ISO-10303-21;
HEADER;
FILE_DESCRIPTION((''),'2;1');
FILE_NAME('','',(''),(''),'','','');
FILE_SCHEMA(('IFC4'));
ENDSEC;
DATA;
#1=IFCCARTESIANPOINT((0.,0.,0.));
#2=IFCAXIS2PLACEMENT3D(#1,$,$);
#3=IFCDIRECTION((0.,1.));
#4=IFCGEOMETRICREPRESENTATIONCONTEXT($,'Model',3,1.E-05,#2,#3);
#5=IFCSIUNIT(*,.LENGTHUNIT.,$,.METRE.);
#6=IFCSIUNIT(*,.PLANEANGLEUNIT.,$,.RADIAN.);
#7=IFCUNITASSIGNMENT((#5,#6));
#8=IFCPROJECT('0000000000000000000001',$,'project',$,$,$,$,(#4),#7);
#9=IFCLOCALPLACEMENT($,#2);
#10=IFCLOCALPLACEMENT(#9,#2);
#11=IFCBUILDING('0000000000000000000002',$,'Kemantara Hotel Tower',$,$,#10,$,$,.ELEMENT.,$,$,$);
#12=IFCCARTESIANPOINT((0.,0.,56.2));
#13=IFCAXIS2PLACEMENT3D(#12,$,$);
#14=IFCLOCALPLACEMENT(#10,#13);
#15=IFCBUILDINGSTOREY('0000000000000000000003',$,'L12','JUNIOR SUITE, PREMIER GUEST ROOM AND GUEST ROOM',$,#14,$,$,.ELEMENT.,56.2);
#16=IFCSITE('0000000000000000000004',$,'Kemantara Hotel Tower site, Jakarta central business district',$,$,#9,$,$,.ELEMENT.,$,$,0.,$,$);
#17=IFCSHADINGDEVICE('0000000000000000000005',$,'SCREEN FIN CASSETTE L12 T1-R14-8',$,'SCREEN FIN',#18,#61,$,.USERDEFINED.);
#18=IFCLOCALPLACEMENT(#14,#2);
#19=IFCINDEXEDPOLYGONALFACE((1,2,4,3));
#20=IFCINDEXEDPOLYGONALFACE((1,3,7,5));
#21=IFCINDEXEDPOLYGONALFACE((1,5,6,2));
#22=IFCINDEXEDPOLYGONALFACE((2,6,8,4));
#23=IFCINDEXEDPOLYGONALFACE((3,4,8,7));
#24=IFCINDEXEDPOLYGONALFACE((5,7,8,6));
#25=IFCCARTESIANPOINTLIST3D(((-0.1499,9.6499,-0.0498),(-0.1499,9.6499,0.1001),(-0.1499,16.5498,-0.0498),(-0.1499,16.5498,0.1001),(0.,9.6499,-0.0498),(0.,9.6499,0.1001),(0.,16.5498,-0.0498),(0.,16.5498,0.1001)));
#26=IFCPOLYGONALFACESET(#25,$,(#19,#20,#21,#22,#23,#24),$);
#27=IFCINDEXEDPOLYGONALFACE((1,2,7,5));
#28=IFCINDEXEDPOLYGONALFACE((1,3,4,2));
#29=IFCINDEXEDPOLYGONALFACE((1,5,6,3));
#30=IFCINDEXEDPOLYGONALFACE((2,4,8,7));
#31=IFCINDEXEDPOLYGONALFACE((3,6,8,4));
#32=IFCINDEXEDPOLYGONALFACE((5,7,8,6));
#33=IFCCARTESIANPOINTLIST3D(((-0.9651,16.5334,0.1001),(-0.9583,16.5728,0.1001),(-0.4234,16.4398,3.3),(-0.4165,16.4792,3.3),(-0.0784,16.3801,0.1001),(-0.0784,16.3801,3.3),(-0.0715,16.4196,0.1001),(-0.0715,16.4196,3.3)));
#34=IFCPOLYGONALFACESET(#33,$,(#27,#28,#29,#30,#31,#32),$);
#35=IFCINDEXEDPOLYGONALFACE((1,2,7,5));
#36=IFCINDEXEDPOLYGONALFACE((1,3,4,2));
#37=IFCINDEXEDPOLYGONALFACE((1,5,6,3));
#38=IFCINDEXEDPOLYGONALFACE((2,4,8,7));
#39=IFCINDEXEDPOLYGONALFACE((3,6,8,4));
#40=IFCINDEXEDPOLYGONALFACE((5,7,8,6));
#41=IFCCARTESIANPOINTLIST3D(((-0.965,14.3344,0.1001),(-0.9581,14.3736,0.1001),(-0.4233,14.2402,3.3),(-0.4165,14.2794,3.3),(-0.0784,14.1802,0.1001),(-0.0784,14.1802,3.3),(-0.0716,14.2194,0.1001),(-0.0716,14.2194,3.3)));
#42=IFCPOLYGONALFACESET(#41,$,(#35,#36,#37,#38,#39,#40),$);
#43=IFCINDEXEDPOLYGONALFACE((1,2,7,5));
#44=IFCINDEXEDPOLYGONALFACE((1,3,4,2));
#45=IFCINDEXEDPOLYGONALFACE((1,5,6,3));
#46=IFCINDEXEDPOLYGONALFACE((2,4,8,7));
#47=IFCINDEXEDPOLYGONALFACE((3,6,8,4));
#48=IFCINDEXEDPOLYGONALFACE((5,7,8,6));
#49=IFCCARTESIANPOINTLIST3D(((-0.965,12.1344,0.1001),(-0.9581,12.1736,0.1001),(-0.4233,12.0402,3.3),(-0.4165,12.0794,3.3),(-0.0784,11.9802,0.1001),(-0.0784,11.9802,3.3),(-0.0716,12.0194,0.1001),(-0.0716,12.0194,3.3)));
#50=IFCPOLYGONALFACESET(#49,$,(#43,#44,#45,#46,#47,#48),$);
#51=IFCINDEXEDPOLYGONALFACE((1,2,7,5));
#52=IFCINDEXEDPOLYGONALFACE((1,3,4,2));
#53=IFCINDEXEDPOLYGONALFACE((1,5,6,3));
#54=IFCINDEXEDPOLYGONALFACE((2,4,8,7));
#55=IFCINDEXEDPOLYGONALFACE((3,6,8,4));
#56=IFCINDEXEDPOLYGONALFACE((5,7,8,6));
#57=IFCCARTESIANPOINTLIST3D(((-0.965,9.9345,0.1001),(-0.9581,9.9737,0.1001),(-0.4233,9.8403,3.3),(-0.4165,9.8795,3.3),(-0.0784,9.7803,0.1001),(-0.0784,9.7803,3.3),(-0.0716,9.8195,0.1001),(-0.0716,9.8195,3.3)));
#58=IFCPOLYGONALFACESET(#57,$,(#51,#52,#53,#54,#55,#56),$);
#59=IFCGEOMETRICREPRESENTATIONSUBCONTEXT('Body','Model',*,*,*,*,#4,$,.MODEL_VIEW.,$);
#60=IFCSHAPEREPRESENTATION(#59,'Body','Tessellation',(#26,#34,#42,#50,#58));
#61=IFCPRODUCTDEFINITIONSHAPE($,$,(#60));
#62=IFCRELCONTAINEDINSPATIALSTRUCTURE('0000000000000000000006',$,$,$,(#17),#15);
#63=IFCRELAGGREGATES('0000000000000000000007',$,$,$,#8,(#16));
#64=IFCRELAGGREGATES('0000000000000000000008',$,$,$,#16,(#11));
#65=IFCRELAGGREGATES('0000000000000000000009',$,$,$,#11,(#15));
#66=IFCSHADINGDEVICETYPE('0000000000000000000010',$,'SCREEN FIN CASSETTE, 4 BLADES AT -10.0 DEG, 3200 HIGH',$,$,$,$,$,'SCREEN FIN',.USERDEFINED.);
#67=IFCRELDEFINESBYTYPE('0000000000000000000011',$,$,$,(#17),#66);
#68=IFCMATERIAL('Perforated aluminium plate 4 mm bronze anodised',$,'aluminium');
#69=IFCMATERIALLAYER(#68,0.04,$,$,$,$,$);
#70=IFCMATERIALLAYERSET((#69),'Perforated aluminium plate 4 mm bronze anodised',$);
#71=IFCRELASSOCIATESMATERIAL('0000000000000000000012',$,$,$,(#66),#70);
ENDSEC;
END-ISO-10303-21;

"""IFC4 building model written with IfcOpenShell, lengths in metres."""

from ifc_helpers import new_model, si_unit, direction, frame, origin, origin_2d, place, context, subcontext, project, spatial, polyline, rectangle, outline, extrude, source, transform, mapped, material, layer, layer_set, type_object, element, save


model = new_model("IFC4")

# Units and contexts
model_context = context("Model", 3, precision=1e-05, world=origin(), true_north=direction((0.0, 1.0)))
body_context = subcontext(model_context, "Body", "Model", "MODEL_VIEW")
ifc_project = project(units=[si_unit("LENGTHUNIT", "METRE"), si_unit("PLANEANGLEUNIT", "RADIAN")], contexts=[model_context])

# Site, building, storey
site_placement = place(None, origin())
site = spatial("IfcSite", under=ifc_project, at=site_placement, Name="Kemantara Hotel Tower site, Jakarta central business district", CompositionType="ELEMENT", RefElevation=0.0)
building_placement = place(site_placement, origin())
building = spatial("IfcBuilding", under=site, at=building_placement, Name="Kemantara Hotel Tower", CompositionType="ELEMENT")
storey_placement = place(building_placement, frame((0.0, 0.0, 56.2)))
storey = spatial("IfcBuildingStorey", under=building, at=storey_placement, Name="L12", Description="JUNIOR SUITE, PREMIER GUEST ROOM AND GUEST ROOM", CompositionType="ELEMENT", Elevation=56.2)

# Shading device
ifc_material_1 = material(Name="Perforated aluminium plate 4 mm bronze anodised", Category="aluminium")
ifc_layer_1 = layer(ifc_material_1, 0.04)
ifc_layer_set_1 = layer_set([ifc_layer_1], Name="Perforated aluminium plate 4 mm bronze anodised")
shading_device_type_1 = type_object("IfcShadingDeviceType", Name="SCREEN FIN CASSETTE, 4 BLADES AT -10.0 DEG, 3200 HIGH", ElementType="SCREEN FIN", PredefinedType="USERDEFINED", material=ifc_layer_set_1)
shared_shape_1 = source(origin(), body_context, "Body", "SweptSolid", [
    extrude(rectangle(XDim=6.8999, YDim=0.1499, at=origin_2d()), frame((3.3, -0.075, -0.1499), z_axis=(0.0, 0.0, 1.0), x_axis=(1.0, 0.0, 0.0)), (0.0, 0.0, 1.0), 0.1499),
    extrude(outline(polyline([(0.0, 0.0), (0.8999, 0.0), (0.3501, 3.2), (0.0, 3.2), (0.0, 0.0)])), frame((0.0198, -0.0784, 0.0), z_axis=(-0.98539, 0.170314, 0.0), x_axis=(-0.170314, -0.98539, 0.0)), (0.0, 0.0, 1.0), 0.04),
    extrude(outline(polyline([(0.0, 0.0), (0.8999, 0.0), (0.3501, 3.2), (0.0, 3.2), (0.0, 0.0)])), frame((2.2197, -0.0784, 0.0), z_axis=(-0.985212, 0.171341, 0.0), x_axis=(-0.171341, -0.985212, 0.0)), (0.0, 0.0, 1.0), 0.0398),
    extrude(outline(polyline([(0.0, 0.0), (0.8999, 0.0), (0.3501, 3.2), (0.0, 3.2), (0.0, 0.0)])), frame((4.4197, -0.0784, 0.0), z_axis=(-0.985212, 0.171341, 0.0), x_axis=(-0.171341, -0.985212, 0.0)), (0.0, 0.0, 1.0), 0.0398),
    extrude(outline(polyline([(0.0, 0.0), (0.8999, 0.0), (0.3501, 3.2), (0.0, 3.2), (0.0, 0.0)])), frame((6.6196, -0.0784, 0.0), z_axis=(-0.985212, 0.171341, 0.0), x_axis=(-0.171341, -0.985212, 0.0)), (0.0, 0.0, 1.0), 0.0398),
])
shading_device_1_placement = place(storey_placement, frame((0.0, 16.3999, 0.1001), z_axis=(0.0, 0.0, 1.0), x_axis=(0.0, -1.0, 0.0)))
element("IfcShadingDevice", 1, at=shading_device_1_placement, inside=storey, type_object=shading_device_type_1, Name="SCREEN FIN CASSETTE L12 T1-R14-8", ObjectType="SCREEN FIN", PredefinedType="USERDEFINED", context=body_context, shape_type="MappedRepresentation", body=[
    mapped(shared_shape_1, transform((0.0, 0.0, 0.0))),
])

save(model, "model.ifc")
